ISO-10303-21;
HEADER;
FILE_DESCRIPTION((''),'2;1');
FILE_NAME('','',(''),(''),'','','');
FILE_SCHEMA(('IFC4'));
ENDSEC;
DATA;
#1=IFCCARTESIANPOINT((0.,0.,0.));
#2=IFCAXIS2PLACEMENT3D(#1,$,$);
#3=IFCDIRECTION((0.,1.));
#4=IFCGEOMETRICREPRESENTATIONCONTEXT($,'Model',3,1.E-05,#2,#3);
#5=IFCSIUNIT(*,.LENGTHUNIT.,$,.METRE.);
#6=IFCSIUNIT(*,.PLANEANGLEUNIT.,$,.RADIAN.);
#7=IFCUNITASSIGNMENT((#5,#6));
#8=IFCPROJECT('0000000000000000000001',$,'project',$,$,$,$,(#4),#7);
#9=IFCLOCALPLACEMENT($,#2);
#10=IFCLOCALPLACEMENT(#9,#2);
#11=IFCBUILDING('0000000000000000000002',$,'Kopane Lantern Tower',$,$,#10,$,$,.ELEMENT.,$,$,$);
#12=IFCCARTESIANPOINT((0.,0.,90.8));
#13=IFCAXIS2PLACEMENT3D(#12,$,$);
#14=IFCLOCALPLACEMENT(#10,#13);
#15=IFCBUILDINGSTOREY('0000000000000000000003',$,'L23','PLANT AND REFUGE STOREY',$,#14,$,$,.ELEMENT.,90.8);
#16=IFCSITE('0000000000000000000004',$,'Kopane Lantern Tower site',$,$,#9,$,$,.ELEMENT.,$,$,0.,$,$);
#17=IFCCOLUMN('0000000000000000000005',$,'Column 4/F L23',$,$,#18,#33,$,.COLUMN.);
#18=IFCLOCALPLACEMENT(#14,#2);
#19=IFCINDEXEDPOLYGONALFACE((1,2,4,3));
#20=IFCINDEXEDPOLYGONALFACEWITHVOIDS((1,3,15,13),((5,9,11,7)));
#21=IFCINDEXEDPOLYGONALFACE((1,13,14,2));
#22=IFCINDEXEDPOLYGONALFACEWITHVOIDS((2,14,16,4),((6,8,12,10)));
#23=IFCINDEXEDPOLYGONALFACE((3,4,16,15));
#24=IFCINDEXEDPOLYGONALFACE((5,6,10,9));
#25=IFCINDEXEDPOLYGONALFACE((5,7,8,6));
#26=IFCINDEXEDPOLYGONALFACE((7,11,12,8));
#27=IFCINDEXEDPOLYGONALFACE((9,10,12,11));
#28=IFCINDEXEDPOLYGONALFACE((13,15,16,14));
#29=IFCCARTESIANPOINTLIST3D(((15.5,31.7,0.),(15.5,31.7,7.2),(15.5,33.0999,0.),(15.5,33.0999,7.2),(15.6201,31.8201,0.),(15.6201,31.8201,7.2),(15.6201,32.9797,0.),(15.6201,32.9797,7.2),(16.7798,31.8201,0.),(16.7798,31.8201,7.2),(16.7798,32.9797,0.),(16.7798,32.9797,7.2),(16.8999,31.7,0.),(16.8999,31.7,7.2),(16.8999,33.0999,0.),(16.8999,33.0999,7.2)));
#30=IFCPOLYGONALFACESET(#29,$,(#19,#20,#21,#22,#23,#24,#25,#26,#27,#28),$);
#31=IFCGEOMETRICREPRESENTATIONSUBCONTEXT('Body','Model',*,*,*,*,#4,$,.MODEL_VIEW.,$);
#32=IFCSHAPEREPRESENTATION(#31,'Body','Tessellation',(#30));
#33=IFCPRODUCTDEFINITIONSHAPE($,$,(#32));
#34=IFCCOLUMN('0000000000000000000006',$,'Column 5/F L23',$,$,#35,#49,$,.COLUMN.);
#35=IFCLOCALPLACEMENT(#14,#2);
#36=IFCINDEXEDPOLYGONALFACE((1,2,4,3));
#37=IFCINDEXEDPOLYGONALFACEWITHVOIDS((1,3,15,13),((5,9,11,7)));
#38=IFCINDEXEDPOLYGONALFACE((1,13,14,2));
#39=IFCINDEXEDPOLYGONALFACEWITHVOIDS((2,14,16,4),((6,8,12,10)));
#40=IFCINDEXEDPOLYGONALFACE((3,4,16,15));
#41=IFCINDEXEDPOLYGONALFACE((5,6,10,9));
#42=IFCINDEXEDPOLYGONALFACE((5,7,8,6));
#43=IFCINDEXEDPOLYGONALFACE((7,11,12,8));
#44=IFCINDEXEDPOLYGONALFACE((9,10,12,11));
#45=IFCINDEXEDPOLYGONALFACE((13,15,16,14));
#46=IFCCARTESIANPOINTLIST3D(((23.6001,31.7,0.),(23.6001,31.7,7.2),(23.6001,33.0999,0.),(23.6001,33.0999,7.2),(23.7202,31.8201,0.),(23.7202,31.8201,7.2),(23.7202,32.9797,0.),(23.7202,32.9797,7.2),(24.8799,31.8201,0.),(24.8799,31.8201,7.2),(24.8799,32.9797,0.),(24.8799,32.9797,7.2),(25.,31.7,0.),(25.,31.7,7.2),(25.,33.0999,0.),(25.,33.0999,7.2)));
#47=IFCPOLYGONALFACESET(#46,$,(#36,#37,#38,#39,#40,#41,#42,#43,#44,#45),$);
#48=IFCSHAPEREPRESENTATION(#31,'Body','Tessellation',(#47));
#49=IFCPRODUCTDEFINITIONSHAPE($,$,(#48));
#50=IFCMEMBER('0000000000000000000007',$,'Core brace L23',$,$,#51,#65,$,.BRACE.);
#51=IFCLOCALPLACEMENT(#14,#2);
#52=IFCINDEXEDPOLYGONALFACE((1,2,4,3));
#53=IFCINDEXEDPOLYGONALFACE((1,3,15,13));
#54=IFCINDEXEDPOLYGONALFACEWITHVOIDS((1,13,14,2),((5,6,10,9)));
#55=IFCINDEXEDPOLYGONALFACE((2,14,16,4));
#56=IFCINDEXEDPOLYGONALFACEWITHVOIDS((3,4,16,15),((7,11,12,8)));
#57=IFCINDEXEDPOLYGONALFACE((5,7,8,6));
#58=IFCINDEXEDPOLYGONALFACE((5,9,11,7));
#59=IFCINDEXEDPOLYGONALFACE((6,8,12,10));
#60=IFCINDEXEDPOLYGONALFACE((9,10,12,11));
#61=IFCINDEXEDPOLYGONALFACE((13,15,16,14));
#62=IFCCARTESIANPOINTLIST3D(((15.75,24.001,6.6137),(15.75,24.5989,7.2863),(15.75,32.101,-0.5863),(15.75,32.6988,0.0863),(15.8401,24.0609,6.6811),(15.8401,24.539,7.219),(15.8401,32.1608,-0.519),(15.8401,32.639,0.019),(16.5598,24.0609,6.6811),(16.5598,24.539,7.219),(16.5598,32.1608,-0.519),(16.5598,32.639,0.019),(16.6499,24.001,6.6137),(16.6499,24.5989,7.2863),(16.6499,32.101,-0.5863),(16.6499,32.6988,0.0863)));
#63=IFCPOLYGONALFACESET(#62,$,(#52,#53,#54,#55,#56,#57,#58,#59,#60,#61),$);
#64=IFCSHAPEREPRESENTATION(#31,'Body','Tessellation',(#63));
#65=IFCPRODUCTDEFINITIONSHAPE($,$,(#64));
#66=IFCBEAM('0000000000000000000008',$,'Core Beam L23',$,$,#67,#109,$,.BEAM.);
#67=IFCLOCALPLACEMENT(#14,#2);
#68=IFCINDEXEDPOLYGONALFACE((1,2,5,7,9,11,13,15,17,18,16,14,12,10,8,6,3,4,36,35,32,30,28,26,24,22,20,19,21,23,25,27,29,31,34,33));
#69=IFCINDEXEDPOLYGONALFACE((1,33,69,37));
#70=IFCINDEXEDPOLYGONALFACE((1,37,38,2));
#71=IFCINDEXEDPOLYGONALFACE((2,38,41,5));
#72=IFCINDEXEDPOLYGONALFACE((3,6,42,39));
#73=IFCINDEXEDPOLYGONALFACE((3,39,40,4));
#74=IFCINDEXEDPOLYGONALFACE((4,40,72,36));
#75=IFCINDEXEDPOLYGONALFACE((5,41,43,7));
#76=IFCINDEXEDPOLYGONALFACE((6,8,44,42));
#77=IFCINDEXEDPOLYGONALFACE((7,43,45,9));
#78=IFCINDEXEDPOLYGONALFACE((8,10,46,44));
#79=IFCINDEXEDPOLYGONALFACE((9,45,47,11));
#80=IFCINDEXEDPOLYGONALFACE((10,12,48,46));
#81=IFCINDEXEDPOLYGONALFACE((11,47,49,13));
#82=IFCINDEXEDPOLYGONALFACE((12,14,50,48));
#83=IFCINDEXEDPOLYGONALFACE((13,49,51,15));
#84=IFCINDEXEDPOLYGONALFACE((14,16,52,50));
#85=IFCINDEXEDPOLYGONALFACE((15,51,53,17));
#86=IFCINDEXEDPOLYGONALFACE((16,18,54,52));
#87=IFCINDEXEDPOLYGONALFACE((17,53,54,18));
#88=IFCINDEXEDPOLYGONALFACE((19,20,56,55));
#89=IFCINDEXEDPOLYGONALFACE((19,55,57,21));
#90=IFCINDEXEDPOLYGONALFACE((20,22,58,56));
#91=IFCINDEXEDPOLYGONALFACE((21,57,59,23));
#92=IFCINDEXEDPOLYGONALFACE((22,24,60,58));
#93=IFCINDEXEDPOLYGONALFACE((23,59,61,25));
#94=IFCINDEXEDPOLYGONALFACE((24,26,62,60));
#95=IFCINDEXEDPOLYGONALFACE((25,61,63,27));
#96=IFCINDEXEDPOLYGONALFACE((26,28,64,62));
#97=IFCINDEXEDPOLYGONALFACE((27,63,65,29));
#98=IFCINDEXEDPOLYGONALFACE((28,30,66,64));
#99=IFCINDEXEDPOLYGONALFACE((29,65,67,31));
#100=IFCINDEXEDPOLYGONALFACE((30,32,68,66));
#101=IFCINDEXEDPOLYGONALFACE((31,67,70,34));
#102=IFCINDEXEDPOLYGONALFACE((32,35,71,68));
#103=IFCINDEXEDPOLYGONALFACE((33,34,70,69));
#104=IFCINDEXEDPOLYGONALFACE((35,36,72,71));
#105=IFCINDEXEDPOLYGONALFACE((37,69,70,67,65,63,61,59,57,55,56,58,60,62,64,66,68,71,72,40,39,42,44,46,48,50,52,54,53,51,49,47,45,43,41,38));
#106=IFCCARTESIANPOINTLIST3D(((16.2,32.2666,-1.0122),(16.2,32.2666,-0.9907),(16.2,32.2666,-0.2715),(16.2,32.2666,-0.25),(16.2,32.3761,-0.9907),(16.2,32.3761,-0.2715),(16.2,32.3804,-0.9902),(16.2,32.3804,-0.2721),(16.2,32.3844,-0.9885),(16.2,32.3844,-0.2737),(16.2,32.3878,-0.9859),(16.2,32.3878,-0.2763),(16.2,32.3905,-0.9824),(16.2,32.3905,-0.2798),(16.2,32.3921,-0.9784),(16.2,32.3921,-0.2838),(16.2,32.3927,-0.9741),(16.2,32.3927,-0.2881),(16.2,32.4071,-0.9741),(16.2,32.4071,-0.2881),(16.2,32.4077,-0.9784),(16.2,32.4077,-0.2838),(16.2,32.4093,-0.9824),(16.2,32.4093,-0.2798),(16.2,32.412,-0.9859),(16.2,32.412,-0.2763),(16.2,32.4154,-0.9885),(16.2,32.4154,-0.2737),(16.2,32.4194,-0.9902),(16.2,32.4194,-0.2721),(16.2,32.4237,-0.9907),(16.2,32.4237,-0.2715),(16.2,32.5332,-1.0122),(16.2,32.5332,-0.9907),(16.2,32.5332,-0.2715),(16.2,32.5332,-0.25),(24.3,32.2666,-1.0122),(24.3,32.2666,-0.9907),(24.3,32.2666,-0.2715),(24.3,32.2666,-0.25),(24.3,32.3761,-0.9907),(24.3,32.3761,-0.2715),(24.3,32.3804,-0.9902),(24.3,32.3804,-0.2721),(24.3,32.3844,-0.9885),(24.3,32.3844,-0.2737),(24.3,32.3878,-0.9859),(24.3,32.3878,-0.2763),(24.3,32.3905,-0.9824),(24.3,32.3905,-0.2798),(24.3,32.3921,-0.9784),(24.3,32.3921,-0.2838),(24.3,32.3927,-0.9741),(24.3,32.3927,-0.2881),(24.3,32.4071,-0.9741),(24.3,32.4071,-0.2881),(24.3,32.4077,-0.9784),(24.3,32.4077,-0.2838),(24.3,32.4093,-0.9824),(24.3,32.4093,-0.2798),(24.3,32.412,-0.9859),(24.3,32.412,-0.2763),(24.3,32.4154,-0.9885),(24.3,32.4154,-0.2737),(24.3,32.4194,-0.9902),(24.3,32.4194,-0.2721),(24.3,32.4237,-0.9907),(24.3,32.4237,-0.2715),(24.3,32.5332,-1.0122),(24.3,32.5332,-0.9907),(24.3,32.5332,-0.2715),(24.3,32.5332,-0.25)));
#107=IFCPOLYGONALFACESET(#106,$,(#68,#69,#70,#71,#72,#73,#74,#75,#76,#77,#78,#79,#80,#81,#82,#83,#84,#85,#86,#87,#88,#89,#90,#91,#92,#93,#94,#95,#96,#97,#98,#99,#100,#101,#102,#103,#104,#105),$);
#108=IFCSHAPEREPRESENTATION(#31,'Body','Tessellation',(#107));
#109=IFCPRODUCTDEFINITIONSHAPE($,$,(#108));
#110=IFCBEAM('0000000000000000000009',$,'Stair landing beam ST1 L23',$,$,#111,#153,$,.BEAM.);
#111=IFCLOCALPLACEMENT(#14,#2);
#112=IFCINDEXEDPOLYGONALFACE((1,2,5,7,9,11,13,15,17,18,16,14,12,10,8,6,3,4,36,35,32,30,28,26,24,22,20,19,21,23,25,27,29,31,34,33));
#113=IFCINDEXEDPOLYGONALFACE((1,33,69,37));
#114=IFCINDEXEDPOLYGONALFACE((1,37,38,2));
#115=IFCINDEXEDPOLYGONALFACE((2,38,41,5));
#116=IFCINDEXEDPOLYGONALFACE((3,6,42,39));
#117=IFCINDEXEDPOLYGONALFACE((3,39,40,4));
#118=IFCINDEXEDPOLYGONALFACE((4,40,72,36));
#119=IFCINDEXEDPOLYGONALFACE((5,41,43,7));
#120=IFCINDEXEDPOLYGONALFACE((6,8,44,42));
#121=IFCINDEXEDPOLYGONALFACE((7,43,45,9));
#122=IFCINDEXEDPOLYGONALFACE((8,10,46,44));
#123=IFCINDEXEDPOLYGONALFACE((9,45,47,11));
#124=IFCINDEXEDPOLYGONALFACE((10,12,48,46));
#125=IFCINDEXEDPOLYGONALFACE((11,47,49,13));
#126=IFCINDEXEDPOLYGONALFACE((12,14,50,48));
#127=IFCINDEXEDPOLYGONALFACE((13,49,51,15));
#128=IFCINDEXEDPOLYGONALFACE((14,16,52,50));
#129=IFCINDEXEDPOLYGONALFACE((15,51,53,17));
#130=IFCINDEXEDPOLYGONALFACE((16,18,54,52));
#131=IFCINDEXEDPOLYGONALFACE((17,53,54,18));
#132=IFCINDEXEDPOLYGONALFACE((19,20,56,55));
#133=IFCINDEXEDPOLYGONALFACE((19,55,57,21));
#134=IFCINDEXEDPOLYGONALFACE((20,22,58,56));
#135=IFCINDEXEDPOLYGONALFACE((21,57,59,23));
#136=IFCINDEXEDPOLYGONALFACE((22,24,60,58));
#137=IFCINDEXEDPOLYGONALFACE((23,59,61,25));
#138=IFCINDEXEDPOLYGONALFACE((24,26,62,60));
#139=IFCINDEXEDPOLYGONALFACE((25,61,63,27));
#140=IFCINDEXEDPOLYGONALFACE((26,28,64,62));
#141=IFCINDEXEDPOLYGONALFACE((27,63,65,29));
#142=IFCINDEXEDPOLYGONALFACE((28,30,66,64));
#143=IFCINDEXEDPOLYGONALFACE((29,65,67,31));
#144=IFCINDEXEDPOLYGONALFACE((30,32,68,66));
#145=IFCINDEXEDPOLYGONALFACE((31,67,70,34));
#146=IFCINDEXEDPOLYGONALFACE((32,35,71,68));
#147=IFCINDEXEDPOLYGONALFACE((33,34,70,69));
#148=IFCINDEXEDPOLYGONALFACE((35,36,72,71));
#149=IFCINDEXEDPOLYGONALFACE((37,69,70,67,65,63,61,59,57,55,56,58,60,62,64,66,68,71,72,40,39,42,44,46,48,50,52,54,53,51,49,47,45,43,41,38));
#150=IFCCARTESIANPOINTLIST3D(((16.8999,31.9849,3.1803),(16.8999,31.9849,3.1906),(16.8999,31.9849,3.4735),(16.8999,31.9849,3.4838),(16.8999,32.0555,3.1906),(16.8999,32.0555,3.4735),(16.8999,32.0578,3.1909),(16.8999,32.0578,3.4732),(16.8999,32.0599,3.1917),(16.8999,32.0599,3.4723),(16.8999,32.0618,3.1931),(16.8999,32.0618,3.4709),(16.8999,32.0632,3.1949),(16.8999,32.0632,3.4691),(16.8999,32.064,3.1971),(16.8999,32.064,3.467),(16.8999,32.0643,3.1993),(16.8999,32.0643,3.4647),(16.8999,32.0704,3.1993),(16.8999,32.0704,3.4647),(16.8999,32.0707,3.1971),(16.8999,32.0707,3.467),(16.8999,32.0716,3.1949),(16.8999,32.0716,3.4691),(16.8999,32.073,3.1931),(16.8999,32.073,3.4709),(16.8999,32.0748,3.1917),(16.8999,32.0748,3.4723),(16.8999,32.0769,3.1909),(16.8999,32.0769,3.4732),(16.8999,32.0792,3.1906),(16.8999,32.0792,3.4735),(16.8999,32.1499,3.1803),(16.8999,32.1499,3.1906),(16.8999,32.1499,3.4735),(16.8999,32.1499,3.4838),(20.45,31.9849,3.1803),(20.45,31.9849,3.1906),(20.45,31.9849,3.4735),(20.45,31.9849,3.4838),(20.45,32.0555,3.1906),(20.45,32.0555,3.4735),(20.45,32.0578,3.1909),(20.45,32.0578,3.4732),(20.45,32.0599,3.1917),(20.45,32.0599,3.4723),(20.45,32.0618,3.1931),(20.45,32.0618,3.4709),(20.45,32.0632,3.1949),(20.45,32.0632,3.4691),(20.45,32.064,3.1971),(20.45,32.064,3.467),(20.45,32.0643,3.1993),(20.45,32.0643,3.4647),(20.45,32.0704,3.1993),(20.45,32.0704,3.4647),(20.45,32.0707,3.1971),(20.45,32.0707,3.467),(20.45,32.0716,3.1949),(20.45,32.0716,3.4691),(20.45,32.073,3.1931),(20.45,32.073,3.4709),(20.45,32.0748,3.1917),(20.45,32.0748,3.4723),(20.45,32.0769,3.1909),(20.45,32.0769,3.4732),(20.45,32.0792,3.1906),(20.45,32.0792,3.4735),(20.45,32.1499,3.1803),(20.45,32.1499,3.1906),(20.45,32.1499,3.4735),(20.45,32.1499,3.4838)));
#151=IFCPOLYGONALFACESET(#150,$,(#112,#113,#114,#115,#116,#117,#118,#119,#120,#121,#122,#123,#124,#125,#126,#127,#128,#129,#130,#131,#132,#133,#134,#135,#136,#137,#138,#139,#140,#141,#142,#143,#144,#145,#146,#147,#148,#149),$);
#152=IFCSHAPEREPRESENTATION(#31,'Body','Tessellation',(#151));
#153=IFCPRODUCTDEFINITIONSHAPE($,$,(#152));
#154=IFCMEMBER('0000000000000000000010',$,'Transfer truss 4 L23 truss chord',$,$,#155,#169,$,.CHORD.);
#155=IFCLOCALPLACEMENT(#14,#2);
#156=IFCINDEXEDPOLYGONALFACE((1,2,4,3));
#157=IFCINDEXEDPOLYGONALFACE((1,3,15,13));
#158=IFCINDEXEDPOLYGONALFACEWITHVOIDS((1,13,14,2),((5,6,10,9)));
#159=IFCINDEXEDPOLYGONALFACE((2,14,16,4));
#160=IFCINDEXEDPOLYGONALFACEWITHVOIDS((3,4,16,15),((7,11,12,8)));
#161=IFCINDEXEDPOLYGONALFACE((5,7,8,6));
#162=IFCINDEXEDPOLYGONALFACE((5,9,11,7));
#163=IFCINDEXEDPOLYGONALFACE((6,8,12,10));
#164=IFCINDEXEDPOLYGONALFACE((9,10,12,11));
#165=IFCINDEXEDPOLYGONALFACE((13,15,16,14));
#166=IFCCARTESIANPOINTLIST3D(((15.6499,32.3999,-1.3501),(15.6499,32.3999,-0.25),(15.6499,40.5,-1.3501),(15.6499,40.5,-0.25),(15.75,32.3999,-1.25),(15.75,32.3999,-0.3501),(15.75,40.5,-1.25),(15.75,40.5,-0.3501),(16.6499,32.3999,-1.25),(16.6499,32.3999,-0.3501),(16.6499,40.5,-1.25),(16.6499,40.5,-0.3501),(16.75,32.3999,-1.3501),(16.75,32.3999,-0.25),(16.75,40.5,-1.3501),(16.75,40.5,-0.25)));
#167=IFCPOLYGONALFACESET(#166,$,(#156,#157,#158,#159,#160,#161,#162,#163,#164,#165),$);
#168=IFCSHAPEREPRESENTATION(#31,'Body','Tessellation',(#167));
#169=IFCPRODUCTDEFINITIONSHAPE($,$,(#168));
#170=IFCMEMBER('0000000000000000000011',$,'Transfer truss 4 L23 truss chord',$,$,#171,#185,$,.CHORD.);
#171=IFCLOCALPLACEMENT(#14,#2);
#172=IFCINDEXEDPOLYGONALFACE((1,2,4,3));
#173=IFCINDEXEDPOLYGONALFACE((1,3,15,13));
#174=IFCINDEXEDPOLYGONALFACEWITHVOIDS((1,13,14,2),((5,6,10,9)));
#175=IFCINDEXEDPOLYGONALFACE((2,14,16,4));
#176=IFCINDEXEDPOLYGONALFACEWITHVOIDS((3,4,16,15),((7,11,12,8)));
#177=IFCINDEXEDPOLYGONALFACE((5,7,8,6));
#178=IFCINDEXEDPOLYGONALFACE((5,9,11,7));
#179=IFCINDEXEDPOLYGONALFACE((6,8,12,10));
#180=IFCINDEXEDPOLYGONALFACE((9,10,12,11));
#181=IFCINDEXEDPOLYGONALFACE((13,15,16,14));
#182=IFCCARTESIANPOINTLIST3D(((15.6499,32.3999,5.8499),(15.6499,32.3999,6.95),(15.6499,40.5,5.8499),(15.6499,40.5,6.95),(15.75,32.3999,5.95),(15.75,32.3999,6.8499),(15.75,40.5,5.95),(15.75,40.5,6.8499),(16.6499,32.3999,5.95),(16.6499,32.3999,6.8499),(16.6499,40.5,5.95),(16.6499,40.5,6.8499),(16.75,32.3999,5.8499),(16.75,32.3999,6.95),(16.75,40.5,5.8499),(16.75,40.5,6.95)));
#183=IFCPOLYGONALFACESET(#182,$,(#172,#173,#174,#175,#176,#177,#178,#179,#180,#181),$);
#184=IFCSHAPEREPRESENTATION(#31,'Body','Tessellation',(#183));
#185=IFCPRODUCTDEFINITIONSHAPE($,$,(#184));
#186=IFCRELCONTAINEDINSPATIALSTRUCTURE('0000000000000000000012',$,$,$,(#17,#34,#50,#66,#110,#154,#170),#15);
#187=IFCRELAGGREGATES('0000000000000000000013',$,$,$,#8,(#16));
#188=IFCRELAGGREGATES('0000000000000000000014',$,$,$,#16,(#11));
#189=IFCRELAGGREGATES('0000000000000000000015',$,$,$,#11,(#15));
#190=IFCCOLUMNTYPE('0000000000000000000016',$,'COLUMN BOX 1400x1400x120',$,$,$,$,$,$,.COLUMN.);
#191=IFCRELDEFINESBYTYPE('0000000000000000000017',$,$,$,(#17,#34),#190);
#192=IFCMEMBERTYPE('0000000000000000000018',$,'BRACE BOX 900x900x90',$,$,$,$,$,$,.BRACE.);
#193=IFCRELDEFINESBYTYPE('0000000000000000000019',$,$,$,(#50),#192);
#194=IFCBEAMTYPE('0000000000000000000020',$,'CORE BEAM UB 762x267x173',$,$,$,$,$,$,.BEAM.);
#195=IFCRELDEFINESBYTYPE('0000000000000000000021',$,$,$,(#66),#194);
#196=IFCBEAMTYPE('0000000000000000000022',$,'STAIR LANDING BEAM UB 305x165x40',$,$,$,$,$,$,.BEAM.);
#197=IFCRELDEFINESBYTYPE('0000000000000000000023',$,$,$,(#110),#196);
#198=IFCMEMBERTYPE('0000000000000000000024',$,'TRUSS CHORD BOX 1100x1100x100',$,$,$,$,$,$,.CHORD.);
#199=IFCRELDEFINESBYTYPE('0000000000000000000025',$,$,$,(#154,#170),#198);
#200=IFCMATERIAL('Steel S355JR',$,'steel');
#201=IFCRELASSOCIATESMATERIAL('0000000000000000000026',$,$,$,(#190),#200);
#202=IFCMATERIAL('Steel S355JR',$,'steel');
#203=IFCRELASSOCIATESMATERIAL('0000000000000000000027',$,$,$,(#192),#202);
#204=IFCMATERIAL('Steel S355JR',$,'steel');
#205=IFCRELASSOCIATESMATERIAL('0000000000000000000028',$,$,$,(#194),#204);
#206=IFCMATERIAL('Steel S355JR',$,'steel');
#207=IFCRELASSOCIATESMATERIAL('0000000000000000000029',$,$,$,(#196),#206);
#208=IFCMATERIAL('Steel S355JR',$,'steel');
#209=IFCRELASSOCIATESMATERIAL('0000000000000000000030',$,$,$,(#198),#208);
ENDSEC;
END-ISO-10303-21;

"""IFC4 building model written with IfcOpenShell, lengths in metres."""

from ifc_helpers import new_model, si_unit, direction, frame, origin, origin_2d, place, context, subcontext, project, spatial, hollow_rectangle, i_section, extrude, material, material_profile, profile_set, type_object, element, save


model = new_model("IFC4")

# Units and contexts
model_context = context("Model", 3, precision=1e-05, world=origin(), true_north=direction((0.0, 1.0)))
body_context = subcontext(model_context, "Body", "Model", "MODEL_VIEW")
ifc_project = project(units=[si_unit("LENGTHUNIT", "METRE"), si_unit("PLANEANGLEUNIT", "RADIAN")], contexts=[model_context])

# Site, building, storey
site_placement = place(None, origin())
site = spatial("IfcSite", under=ifc_project, at=site_placement, Name="Kopane Lantern Tower site", CompositionType="ELEMENT", RefElevation=0.0)
building_placement = place(site_placement, origin())
building = spatial("IfcBuilding", under=site, at=building_placement, Name="Kopane Lantern Tower", CompositionType="ELEMENT")
storey_placement = place(building_placement, frame((0.0, 0.0, 90.8)))
storey = spatial("IfcBuildingStorey", under=building, at=storey_placement, Name="L23", Description="PLANT AND REFUGE STOREY", CompositionType="ELEMENT", Elevation=90.8)

# Columns
ifc_material_1 = material(Name="Steel S355JR", Category="steel")
ifc_material_profile_1 = material_profile(ifc_material_1, hollow_rectangle(XDim=1.3999, YDim=1.3999, WallThickness=0.1201, at=origin_2d()), Name="BOX 1400x1400x120")
ifc_profile_set_1 = profile_set([ifc_material_profile_1], Name="Steel S355JR")
column_type = type_object("IfcColumnType", Name="COLUMN BOX 1400x1400x120", PredefinedType="COLUMN", material=ifc_profile_set_1)
for number, where, z_axis, x_axis, name in (
    (1, (16.2, 32.3999, 0.0), (0.0, 0.0, 1.0), (1.0, 0.0, 0.0), "Column 4/F L23"),
    (2, (24.3, 32.3999, 0.0), (0.0, 0.0, 1.0), (1.0, 0.0, 0.0), "Column 5/F L23"),
):
    element("IfcColumn", number, at=place(storey_placement, frame(where, z_axis=z_axis, x_axis=x_axis)), inside=storey, type_object=column_type, Name=name, PredefinedType="COLUMN", context=body_context, shape_type="SweptSolid", body=[
        extrude(hollow_rectangle(XDim=1.3999, YDim=1.3999, WallThickness=0.1201, at=origin_2d()), origin(), (0.0, 0.0, 1.0), 7.2),
    ])

# Member
ifc_material_2 = material(Name="Steel S355JR", Category="steel")
ifc_material_profile_2 = material_profile(ifc_material_2, hollow_rectangle(XDim=0.8999, YDim=0.8999, WallThickness=0.0901, at=origin_2d()), Name="BOX 900x900x90")
ifc_profile_set_2 = profile_set([ifc_material_profile_2], Name="Steel S355JR")
member_type_1 = type_object("IfcMemberType", Name="BRACE BOX 900x900x90", PredefinedType="BRACE", material=ifc_profile_set_2)
member_placement = place(storey_placement, frame((16.2, 32.3999, -0.25), z_axis=(0.0, -0.747406, 0.664368), x_axis=(1.0, 0.0, 0.0)))
element("IfcMember", 3, at=member_placement, inside=storey, type_object=member_type_1, Name="Core brace L23", PredefinedType="BRACE", context=body_context, shape_type="SweptSolid", body=[
    extrude(hollow_rectangle(XDim=0.8999, YDim=0.8999, WallThickness=0.0901, at=origin_2d()), origin(), (0.0, 0.0, 1.0), 10.8374),
])

# Beams
ifc_material_3 = material(Name="Steel S355JR", Category="steel")
ifc_material_profile_3 = material_profile(ifc_material_3, i_section(OverallWidth=0.2666, OverallDepth=0.7622, WebThickness=0.0144, FlangeThickness=0.0215, FilletRadius=0.0166, at=origin_2d()), Name="UB 762x267x173")
ifc_profile_set_3 = profile_set([ifc_material_profile_3], Name="Steel S355JR")
beam_type_1 = type_object("IfcBeamType", Name="CORE BEAM UB 762x267x173", PredefinedType="BEAM", material=ifc_profile_set_3)
beam_1_placement = place(storey_placement, frame((16.2, 32.3999, -0.6311), z_axis=(1.0, 0.0, 0.0), x_axis=(0.0, 1.0, 0.0)))
element("IfcBeam", 4, at=beam_1_placement, inside=storey, type_object=beam_type_1, Name="Core Beam L23", PredefinedType="BEAM", context=body_context, shape_type="SweptSolid", body=[
    extrude(i_section(OverallWidth=0.2666, OverallDepth=0.7622, WebThickness=0.0144, FlangeThickness=0.0215, FilletRadius=0.0166, at=origin_2d()), origin(), (0.0, 0.0, 1.0), 8.1001),
])
ifc_material_4 = material(Name="Steel S355JR", Category="steel")
ifc_material_profile_4 = material_profile(ifc_material_4, i_section(OverallWidth=0.165, OverallDepth=0.3035, WebThickness=0.0061, FlangeThickness=0.0103, FilletRadius=0.0088, at=origin_2d()), Name="UB 305x165x40")
ifc_profile_set_4 = profile_set([ifc_material_profile_4], Name="Steel S355JR")
beam_type_2 = type_object("IfcBeamType", Name="STAIR LANDING BEAM UB 305x165x40", PredefinedType="BEAM", material=ifc_profile_set_4)
beam_2_placement = place(storey_placement, frame((16.8999, 32.0674, 3.332), z_axis=(1.0, 0.0, 0.0), x_axis=(0.0, 1.0, 0.0)))
element("IfcBeam", 5, at=beam_2_placement, inside=storey, type_object=beam_type_2, Name="Stair landing beam ST1 L23", PredefinedType="BEAM", context=body_context, shape_type="SweptSolid", body=[
    extrude(i_section(OverallWidth=0.165, OverallDepth=0.3035, WebThickness=0.0061, FlangeThickness=0.0103, FilletRadius=0.0088, at=origin_2d()), origin(), (0.0, 0.0, 1.0), 3.55),
])

# Members
ifc_material_5 = material(Name="Steel S355JR", Category="steel")
ifc_material_profile_5 = material_profile(ifc_material_5, hollow_rectangle(XDim=1.1001, YDim=1.1001, WallThickness=0.1001, at=origin_2d()), Name="BOX 1100x1100x100")
ifc_profile_set_5 = profile_set([ifc_material_profile_5], Name="Steel S355JR")
member_type_2 = type_object("IfcMemberType", Name="TRUSS CHORD BOX 1100x1100x100", PredefinedType="CHORD", material=ifc_profile_set_5)
for number, where, z_axis, x_axis, name in (
    (6, (16.2, 32.3999, -0.8), (0.0, 1.0, 0.0), (-1.0, 0.0, 0.0), "Transfer truss 4 L23 truss chord"),
    (7, (16.2, 32.3999, 6.3999), (0.0, 1.0, 0.0), (-1.0, 0.0, 0.0), "Transfer truss 4 L23 truss chord"),
):
    element("IfcMember", number, at=place(storey_placement, frame(where, z_axis=z_axis, x_axis=x_axis)), inside=storey, type_object=member_type_2, Name=name, PredefinedType="CHORD", context=body_context, shape_type="SweptSolid", body=[
        extrude(hollow_rectangle(XDim=1.1001, YDim=1.1001, WallThickness=0.1001, at=origin_2d()), origin(), (0.0, 0.0, 1.0), 8.1001),
    ])

save(model, "model.ifc")
